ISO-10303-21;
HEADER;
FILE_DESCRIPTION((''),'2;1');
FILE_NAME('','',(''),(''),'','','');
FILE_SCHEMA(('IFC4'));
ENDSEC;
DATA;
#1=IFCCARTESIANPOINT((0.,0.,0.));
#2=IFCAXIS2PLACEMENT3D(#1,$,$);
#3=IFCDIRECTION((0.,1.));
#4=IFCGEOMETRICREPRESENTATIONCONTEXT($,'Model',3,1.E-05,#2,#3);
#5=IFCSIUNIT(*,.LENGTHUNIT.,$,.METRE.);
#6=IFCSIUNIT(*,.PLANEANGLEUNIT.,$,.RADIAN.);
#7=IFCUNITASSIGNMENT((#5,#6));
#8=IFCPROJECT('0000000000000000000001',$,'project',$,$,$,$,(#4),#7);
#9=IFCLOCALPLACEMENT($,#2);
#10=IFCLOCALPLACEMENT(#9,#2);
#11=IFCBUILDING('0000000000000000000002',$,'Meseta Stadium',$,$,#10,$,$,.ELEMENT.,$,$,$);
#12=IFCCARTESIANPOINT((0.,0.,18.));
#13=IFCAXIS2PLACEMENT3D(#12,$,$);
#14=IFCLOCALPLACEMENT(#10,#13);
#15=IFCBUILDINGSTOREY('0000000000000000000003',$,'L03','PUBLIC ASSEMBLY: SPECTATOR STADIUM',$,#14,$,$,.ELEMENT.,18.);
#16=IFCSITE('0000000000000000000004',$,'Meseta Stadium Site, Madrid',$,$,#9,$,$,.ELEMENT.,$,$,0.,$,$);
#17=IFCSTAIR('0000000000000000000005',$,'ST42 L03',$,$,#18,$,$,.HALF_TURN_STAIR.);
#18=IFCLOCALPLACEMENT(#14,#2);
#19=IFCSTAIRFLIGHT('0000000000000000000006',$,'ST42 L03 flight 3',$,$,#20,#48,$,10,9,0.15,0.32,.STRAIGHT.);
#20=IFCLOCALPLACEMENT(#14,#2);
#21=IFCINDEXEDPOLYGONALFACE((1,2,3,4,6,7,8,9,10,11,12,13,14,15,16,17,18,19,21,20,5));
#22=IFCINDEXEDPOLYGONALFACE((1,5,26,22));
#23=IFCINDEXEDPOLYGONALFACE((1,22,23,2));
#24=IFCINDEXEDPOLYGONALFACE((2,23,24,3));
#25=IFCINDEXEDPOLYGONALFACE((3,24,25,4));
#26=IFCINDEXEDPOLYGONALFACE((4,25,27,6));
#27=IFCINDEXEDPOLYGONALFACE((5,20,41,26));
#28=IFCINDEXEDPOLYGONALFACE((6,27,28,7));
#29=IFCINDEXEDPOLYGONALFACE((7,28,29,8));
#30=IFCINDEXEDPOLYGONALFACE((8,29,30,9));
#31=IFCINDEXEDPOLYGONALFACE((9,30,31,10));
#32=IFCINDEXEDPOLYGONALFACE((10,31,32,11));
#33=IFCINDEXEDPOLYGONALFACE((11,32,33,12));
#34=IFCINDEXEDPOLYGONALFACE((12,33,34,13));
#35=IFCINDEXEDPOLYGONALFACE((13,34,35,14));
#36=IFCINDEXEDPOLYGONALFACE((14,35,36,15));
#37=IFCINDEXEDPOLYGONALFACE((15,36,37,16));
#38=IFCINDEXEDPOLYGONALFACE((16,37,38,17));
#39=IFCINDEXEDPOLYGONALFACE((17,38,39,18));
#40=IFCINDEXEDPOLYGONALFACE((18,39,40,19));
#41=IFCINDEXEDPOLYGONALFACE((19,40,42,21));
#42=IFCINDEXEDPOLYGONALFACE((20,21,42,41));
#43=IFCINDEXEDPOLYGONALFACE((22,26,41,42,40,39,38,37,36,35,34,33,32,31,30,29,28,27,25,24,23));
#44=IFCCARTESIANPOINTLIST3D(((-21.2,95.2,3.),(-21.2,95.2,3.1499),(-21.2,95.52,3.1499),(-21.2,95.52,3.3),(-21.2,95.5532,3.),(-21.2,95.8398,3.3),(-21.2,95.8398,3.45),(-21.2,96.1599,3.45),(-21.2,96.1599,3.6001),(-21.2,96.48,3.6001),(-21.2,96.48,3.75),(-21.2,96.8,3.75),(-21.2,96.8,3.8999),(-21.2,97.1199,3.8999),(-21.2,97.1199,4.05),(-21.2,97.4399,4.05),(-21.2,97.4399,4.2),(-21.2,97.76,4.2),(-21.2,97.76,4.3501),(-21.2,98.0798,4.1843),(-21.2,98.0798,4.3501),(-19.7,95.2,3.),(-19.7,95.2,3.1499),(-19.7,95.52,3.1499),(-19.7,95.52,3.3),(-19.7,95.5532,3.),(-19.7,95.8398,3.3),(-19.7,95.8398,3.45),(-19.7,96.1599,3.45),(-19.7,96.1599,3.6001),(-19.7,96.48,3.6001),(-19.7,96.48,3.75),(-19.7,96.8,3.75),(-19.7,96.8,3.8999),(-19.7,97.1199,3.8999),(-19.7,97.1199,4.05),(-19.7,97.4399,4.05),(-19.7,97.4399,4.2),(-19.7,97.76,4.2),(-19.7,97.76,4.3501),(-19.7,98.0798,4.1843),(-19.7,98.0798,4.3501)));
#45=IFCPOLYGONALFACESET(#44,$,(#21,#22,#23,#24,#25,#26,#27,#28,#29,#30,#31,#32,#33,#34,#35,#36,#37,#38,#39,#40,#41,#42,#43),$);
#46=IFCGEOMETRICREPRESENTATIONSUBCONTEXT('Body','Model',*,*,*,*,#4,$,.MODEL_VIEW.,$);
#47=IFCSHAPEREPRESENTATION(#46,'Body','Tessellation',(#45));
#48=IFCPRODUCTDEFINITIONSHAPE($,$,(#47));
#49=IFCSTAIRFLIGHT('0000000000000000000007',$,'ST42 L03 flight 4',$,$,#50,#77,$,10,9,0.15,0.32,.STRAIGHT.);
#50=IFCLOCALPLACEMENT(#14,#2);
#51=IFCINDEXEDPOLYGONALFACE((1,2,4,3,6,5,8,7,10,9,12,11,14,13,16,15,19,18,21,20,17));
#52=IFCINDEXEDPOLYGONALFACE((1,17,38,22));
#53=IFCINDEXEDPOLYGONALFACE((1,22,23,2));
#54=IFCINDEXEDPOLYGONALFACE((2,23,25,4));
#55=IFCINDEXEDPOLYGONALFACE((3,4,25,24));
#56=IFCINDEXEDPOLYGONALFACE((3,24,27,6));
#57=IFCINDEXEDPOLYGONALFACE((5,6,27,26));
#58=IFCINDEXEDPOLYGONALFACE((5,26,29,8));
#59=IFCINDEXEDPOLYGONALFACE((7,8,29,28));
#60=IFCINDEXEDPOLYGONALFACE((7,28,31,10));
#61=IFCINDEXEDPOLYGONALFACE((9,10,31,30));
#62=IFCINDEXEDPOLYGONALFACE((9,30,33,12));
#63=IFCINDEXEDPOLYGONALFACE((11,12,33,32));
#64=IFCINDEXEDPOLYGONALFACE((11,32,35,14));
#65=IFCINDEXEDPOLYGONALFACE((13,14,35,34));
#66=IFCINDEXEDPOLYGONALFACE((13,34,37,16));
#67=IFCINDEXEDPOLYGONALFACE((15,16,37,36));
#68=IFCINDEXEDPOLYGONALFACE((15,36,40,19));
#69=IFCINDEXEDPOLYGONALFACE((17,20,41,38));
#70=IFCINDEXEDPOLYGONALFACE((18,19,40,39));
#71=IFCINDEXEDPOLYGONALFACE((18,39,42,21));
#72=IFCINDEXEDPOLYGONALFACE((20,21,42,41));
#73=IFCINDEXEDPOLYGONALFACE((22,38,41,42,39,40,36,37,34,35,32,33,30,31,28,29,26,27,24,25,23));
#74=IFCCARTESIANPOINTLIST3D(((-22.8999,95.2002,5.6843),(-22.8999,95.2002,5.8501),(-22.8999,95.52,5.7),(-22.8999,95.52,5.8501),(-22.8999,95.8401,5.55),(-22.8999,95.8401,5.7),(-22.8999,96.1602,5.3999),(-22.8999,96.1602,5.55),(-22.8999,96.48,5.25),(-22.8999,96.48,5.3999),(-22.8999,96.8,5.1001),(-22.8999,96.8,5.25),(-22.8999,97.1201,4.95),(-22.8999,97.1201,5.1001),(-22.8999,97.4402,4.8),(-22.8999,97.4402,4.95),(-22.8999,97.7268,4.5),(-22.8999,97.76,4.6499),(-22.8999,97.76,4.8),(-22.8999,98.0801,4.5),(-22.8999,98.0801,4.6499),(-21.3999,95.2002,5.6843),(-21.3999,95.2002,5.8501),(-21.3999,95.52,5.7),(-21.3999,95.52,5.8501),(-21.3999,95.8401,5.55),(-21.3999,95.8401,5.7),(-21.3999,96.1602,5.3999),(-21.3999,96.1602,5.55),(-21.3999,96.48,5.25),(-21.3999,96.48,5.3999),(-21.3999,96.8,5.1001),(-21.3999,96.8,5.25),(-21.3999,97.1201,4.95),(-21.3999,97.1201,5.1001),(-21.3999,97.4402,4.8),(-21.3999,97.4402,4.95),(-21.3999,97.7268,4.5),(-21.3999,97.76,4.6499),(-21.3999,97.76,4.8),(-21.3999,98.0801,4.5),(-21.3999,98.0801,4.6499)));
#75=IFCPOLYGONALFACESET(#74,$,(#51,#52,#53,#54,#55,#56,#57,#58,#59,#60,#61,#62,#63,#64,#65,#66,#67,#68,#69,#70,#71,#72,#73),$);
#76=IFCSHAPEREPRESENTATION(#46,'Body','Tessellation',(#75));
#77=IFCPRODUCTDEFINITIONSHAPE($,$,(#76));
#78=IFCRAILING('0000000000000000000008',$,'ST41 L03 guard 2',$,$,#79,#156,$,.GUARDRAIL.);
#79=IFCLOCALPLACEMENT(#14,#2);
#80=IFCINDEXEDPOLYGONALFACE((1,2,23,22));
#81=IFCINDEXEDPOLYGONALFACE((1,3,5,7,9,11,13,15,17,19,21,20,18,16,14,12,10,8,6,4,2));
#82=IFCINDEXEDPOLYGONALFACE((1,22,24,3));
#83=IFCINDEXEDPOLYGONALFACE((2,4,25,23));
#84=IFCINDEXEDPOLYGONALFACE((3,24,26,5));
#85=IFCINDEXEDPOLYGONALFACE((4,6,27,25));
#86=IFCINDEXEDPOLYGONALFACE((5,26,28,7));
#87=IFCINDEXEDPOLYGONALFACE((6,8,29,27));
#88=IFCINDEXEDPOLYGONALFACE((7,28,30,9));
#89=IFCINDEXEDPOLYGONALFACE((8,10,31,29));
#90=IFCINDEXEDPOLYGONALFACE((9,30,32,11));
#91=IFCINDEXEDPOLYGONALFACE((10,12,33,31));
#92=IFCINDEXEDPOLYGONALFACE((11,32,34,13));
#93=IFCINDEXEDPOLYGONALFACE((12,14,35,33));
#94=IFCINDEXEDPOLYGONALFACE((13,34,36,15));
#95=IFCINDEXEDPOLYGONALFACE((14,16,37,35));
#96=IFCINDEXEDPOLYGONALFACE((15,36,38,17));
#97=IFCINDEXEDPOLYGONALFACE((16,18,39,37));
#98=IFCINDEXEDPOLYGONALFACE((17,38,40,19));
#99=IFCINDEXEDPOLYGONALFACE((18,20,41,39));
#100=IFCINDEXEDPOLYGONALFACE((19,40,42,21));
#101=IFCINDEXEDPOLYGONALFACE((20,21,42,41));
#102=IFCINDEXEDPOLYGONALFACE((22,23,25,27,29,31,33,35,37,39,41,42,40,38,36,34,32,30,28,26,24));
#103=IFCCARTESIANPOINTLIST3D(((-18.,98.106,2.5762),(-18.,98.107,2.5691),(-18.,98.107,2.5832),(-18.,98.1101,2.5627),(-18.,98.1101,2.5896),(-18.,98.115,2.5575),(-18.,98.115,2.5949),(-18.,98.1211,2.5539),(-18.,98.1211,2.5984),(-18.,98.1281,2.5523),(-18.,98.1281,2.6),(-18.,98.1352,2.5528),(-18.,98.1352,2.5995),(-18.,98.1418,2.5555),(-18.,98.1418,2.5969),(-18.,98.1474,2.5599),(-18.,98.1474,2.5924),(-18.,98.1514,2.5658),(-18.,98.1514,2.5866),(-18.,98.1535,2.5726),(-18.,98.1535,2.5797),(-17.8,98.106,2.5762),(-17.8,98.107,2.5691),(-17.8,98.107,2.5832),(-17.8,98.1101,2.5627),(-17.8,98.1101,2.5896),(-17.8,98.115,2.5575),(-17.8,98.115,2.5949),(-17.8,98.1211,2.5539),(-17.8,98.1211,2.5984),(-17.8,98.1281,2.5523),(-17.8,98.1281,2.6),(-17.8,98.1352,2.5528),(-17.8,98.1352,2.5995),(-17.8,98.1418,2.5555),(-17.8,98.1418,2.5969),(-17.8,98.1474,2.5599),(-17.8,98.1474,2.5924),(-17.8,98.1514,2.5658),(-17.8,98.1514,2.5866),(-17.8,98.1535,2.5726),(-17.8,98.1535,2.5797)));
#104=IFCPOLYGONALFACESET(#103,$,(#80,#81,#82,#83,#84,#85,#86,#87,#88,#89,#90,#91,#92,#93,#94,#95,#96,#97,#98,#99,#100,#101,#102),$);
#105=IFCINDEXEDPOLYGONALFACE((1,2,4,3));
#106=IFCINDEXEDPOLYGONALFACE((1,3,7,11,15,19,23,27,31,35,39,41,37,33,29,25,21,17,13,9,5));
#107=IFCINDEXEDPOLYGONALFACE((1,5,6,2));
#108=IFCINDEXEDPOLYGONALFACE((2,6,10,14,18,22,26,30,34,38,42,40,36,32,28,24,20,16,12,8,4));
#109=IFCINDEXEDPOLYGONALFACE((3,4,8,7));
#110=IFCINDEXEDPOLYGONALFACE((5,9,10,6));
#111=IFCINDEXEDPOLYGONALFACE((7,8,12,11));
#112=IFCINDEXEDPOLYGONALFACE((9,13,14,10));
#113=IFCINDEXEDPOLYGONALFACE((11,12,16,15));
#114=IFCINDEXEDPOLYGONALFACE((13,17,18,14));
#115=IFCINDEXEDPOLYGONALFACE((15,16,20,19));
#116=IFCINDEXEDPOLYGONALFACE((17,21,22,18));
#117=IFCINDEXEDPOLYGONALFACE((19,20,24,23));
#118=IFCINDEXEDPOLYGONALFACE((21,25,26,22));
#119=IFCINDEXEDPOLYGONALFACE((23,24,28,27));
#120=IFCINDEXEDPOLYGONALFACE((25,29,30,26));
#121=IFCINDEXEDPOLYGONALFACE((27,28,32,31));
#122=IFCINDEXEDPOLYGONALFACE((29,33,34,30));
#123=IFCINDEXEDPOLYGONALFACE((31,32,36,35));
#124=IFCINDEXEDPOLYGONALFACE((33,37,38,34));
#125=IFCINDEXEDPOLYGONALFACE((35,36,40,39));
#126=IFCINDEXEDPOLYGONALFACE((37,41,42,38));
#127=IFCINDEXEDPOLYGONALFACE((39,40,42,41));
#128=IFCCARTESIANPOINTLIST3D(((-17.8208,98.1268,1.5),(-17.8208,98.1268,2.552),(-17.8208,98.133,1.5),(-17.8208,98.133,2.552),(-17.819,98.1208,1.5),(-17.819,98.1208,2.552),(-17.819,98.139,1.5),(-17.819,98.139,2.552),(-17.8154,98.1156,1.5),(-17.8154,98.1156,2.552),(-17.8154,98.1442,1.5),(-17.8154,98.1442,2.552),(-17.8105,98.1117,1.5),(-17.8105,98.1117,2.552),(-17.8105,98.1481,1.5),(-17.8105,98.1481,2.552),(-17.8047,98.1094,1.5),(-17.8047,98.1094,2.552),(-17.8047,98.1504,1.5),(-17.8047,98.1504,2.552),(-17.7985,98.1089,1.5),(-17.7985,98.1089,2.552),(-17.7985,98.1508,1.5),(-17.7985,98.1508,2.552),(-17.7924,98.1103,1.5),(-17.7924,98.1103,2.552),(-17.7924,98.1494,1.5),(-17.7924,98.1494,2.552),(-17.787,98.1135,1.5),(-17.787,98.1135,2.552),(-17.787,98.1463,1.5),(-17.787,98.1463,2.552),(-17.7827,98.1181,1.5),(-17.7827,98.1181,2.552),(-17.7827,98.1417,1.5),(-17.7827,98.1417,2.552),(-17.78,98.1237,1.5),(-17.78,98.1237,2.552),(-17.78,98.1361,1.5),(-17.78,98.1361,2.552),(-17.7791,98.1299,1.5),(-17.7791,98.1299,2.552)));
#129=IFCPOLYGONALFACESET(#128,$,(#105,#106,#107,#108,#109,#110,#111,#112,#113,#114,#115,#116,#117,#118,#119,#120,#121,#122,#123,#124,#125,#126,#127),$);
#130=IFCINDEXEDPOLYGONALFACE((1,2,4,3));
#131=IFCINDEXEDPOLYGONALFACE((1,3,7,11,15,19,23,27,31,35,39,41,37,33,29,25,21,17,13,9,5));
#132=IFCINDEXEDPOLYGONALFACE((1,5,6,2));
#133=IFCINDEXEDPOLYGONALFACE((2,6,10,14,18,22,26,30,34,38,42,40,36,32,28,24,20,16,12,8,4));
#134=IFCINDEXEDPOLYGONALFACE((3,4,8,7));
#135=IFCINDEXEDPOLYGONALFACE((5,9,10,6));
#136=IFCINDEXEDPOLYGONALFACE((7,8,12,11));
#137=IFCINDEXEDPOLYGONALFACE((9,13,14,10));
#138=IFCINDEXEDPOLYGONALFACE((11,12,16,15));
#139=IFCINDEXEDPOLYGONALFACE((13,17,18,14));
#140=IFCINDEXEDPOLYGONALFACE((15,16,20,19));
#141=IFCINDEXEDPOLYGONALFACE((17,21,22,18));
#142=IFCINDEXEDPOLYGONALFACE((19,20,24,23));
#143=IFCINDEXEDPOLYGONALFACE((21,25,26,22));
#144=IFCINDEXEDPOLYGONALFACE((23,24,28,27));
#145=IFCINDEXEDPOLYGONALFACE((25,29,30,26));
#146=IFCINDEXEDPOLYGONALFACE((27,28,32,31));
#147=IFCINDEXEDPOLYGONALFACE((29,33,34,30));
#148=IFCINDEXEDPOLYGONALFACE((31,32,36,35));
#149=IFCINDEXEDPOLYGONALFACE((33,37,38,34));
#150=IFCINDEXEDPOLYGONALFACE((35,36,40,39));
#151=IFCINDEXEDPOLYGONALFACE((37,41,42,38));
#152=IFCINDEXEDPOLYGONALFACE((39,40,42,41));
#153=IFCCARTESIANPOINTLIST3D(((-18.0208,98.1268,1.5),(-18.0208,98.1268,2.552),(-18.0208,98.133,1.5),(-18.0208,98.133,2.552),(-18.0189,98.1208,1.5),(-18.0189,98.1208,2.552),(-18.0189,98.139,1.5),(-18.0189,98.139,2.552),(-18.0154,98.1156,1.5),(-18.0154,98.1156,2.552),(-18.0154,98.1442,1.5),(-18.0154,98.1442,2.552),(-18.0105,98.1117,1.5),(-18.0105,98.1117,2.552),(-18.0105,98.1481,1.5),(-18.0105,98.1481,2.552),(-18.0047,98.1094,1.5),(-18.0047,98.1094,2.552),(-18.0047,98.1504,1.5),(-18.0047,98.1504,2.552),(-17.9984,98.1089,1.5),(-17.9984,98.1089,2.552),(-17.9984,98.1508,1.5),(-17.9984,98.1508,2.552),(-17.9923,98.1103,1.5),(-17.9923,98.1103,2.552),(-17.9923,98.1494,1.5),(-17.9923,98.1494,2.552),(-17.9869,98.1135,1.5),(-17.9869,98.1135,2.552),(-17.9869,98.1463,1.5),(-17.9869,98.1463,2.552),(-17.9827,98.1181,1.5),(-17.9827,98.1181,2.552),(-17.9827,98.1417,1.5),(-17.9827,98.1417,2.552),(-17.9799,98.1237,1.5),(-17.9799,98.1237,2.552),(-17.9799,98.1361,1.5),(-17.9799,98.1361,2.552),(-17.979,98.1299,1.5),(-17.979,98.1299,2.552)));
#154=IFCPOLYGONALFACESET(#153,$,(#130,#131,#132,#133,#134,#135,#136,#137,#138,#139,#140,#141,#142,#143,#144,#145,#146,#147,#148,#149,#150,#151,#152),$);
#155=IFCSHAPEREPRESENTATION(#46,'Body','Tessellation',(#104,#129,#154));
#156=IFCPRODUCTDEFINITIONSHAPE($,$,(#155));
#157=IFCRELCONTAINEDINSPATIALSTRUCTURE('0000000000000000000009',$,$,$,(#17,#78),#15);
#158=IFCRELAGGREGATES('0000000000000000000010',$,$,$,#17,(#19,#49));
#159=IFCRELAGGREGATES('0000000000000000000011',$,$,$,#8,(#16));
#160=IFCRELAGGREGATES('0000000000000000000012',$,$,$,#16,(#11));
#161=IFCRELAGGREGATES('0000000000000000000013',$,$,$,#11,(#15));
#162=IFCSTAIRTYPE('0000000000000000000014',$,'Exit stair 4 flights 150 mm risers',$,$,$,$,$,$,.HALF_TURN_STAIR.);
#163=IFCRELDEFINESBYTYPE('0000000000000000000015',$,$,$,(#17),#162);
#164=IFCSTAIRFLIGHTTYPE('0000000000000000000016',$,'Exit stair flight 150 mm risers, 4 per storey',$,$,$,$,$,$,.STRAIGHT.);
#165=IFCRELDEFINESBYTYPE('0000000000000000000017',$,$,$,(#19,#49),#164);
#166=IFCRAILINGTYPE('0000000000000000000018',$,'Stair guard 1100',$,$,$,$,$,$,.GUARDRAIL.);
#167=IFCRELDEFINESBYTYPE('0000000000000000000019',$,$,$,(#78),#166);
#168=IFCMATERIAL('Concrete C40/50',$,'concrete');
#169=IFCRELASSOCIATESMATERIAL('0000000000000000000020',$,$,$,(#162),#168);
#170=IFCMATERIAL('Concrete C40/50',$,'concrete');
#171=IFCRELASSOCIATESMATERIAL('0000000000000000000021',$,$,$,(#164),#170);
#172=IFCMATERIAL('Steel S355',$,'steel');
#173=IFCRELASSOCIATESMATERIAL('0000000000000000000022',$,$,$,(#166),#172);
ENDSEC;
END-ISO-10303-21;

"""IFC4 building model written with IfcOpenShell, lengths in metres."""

from ifc_helpers import new_model, si_unit, direction, frame, origin, origin_2d, place, context, subcontext, project, spatial, polyline, circle, outline, extrude, material, type_object, element, aggregate, save


model = new_model("IFC4")

# Units and contexts
model_context = context("Model", 3, precision=1e-05, world=origin(), true_north=direction((0.0, 1.0)))
body_context = subcontext(model_context, "Body", "Model", "MODEL_VIEW")
ifc_project = project(units=[si_unit("LENGTHUNIT", "METRE"), si_unit("PLANEANGLEUNIT", "RADIAN")], contexts=[model_context])

# Site, building, storey
site_placement = place(None, origin())
site = spatial("IfcSite", under=ifc_project, at=site_placement, Name="Meseta Stadium Site, Madrid", CompositionType="ELEMENT", RefElevation=0.0)
building_placement = place(site_placement, origin())
building = spatial("IfcBuilding", under=site, at=building_placement, Name="Meseta Stadium", CompositionType="ELEMENT")
storey_placement = place(building_placement, frame((0.0, 0.0, 18.0)))
storey = spatial("IfcBuildingStorey", under=building, at=storey_placement, Name="L03", Description="PUBLIC ASSEMBLY: SPECTATOR STADIUM", CompositionType="ELEMENT", Elevation=18.0)

# Stair, stair flights
ifc_material_1 = material(Name="Concrete C40/50", Category="concrete")
stair_type = type_object("IfcStairType", Name="Exit stair 4 flights 150 mm risers", PredefinedType="HALF_TURN_STAIR", material=ifc_material_1)
ifc_material_2 = material(Name="Concrete C40/50", Category="concrete")
stair_flight_type = type_object("IfcStairFlightType", Name="Exit stair flight 150 mm risers, 4 per storey", PredefinedType="STRAIGHT", material=ifc_material_2)
stair_1_placement = place(storey_placement, origin())
stair_1 = element("IfcStair", 1, at=stair_1_placement, inside=storey, type_object=stair_type, Name="ST42 L03", PredefinedType="HALF_TURN_STAIR")
stair_flight_1_placement = place(storey_placement, frame((-20.45, 95.2, 3.0), z_axis=(0.0, 0.0, 1.0), x_axis=(0.0, 1.0, 0.0)))
stair_flight_1 = element("IfcStairFlight", 2, at=stair_flight_1_placement, type_object=stair_flight_type, Name="ST42 L03 flight 3", NumberOfRisers=10, NumberOfTreads=9, PredefinedType="STRAIGHT", RiserHeight=0.15, TreadLength=0.32, context=body_context, shape_type="SweptSolid", body=[
    extrude(outline(polyline([(0.0, 0.0), (0.0, 0.1499), (0.3201, 0.1499), (0.3201, 0.3), (0.6399, 0.3), (0.6399, 0.45), (0.96, 0.45), (0.96, 0.6001), (1.28, 0.6001), (1.28, 0.75), (1.6001, 0.75), (1.6001, 0.8999), (1.9199, 0.8999), (1.9199, 1.05), (2.24, 1.05), (2.24, 1.2), (2.5601, 1.2), (2.5601, 1.3501), (2.8799, 1.3501), (2.8799, 1.1843), (0.3533, 0.0), (0.0, 0.0)])), frame((0.0, 0.75, 0.0), z_axis=(0.0, -1.0, 0.0), x_axis=(1.0, 0.0, 0.0)), (0.0, 0.0, 1.0), 1.5),
])
stair_flight_2_placement = place(storey_placement, frame((-22.1499, 98.0801, 4.5), z_axis=(0.0, 0.0, 1.0), x_axis=(0.0, -1.0, 0.0)))
stair_flight_2 = element("IfcStairFlight", 3, at=stair_flight_2_placement, type_object=stair_flight_type, Name="ST42 L03 flight 4", NumberOfRisers=10, NumberOfTreads=9, PredefinedType="STRAIGHT", RiserHeight=0.15, TreadLength=0.32, context=body_context, shape_type="SweptSolid", body=[
    extrude(outline(polyline([(0.0, 0.0), (0.0, 0.1499), (0.3201, 0.1499), (0.3201, 0.3), (0.6399, 0.3), (0.6399, 0.45), (0.96, 0.45), (0.96, 0.6001), (1.28, 0.6001), (1.28, 0.75), (1.6001, 0.75), (1.6001, 0.8999), (1.9199, 0.8999), (1.9199, 1.05), (2.24, 1.05), (2.24, 1.2), (2.5601, 1.2), (2.5601, 1.3501), (2.8799, 1.3501), (2.8799, 1.1843), (0.3533, 0.0), (0.0, 0.0)])), frame((0.0, 0.75, 0.0), z_axis=(0.0, -1.0, 0.0), x_axis=(1.0, 0.0, 0.0)), (0.0, 0.0, 1.0), 1.5),
])
aggregate(stair_1, [stair_flight_1, stair_flight_2])

# Railing
ifc_material_3 = material(Name="Steel S355", Category="steel")
railing_type_1 = type_object("IfcRailingType", Name="Stair guard 1100", PredefinedType="GUARDRAIL", material=ifc_material_3)
railing_1_placement = place(storey_placement, frame((-17.8, 98.1299, 1.5)))
element("IfcRailing", 4, at=railing_1_placement, inside=storey, type_object=railing_type_1, Name="ST41 L03 guard 2", PredefinedType="GUARDRAIL", context=body_context, shape_type="SweptSolid", body=[
    extrude(circle(Radius=0.0239, at=origin_2d()), frame((0.0, 0.0, 1.0762), z_axis=(-1.0, 0.0, 0.0), x_axis=(0.0, -1.0, 0.0)), (0.0, 0.0, 1.0), 0.2),
    extrude(circle(Radius=0.021, at=origin_2d()), origin(), (0.0, 0.0, 1.0), 1.052),
    extrude(circle(Radius=0.021, at=origin_2d()), frame((-0.2, 0.0, 0.0)), (0.0, 0.0, 1.0), 1.052),
])

save(model, "model.ifc")
